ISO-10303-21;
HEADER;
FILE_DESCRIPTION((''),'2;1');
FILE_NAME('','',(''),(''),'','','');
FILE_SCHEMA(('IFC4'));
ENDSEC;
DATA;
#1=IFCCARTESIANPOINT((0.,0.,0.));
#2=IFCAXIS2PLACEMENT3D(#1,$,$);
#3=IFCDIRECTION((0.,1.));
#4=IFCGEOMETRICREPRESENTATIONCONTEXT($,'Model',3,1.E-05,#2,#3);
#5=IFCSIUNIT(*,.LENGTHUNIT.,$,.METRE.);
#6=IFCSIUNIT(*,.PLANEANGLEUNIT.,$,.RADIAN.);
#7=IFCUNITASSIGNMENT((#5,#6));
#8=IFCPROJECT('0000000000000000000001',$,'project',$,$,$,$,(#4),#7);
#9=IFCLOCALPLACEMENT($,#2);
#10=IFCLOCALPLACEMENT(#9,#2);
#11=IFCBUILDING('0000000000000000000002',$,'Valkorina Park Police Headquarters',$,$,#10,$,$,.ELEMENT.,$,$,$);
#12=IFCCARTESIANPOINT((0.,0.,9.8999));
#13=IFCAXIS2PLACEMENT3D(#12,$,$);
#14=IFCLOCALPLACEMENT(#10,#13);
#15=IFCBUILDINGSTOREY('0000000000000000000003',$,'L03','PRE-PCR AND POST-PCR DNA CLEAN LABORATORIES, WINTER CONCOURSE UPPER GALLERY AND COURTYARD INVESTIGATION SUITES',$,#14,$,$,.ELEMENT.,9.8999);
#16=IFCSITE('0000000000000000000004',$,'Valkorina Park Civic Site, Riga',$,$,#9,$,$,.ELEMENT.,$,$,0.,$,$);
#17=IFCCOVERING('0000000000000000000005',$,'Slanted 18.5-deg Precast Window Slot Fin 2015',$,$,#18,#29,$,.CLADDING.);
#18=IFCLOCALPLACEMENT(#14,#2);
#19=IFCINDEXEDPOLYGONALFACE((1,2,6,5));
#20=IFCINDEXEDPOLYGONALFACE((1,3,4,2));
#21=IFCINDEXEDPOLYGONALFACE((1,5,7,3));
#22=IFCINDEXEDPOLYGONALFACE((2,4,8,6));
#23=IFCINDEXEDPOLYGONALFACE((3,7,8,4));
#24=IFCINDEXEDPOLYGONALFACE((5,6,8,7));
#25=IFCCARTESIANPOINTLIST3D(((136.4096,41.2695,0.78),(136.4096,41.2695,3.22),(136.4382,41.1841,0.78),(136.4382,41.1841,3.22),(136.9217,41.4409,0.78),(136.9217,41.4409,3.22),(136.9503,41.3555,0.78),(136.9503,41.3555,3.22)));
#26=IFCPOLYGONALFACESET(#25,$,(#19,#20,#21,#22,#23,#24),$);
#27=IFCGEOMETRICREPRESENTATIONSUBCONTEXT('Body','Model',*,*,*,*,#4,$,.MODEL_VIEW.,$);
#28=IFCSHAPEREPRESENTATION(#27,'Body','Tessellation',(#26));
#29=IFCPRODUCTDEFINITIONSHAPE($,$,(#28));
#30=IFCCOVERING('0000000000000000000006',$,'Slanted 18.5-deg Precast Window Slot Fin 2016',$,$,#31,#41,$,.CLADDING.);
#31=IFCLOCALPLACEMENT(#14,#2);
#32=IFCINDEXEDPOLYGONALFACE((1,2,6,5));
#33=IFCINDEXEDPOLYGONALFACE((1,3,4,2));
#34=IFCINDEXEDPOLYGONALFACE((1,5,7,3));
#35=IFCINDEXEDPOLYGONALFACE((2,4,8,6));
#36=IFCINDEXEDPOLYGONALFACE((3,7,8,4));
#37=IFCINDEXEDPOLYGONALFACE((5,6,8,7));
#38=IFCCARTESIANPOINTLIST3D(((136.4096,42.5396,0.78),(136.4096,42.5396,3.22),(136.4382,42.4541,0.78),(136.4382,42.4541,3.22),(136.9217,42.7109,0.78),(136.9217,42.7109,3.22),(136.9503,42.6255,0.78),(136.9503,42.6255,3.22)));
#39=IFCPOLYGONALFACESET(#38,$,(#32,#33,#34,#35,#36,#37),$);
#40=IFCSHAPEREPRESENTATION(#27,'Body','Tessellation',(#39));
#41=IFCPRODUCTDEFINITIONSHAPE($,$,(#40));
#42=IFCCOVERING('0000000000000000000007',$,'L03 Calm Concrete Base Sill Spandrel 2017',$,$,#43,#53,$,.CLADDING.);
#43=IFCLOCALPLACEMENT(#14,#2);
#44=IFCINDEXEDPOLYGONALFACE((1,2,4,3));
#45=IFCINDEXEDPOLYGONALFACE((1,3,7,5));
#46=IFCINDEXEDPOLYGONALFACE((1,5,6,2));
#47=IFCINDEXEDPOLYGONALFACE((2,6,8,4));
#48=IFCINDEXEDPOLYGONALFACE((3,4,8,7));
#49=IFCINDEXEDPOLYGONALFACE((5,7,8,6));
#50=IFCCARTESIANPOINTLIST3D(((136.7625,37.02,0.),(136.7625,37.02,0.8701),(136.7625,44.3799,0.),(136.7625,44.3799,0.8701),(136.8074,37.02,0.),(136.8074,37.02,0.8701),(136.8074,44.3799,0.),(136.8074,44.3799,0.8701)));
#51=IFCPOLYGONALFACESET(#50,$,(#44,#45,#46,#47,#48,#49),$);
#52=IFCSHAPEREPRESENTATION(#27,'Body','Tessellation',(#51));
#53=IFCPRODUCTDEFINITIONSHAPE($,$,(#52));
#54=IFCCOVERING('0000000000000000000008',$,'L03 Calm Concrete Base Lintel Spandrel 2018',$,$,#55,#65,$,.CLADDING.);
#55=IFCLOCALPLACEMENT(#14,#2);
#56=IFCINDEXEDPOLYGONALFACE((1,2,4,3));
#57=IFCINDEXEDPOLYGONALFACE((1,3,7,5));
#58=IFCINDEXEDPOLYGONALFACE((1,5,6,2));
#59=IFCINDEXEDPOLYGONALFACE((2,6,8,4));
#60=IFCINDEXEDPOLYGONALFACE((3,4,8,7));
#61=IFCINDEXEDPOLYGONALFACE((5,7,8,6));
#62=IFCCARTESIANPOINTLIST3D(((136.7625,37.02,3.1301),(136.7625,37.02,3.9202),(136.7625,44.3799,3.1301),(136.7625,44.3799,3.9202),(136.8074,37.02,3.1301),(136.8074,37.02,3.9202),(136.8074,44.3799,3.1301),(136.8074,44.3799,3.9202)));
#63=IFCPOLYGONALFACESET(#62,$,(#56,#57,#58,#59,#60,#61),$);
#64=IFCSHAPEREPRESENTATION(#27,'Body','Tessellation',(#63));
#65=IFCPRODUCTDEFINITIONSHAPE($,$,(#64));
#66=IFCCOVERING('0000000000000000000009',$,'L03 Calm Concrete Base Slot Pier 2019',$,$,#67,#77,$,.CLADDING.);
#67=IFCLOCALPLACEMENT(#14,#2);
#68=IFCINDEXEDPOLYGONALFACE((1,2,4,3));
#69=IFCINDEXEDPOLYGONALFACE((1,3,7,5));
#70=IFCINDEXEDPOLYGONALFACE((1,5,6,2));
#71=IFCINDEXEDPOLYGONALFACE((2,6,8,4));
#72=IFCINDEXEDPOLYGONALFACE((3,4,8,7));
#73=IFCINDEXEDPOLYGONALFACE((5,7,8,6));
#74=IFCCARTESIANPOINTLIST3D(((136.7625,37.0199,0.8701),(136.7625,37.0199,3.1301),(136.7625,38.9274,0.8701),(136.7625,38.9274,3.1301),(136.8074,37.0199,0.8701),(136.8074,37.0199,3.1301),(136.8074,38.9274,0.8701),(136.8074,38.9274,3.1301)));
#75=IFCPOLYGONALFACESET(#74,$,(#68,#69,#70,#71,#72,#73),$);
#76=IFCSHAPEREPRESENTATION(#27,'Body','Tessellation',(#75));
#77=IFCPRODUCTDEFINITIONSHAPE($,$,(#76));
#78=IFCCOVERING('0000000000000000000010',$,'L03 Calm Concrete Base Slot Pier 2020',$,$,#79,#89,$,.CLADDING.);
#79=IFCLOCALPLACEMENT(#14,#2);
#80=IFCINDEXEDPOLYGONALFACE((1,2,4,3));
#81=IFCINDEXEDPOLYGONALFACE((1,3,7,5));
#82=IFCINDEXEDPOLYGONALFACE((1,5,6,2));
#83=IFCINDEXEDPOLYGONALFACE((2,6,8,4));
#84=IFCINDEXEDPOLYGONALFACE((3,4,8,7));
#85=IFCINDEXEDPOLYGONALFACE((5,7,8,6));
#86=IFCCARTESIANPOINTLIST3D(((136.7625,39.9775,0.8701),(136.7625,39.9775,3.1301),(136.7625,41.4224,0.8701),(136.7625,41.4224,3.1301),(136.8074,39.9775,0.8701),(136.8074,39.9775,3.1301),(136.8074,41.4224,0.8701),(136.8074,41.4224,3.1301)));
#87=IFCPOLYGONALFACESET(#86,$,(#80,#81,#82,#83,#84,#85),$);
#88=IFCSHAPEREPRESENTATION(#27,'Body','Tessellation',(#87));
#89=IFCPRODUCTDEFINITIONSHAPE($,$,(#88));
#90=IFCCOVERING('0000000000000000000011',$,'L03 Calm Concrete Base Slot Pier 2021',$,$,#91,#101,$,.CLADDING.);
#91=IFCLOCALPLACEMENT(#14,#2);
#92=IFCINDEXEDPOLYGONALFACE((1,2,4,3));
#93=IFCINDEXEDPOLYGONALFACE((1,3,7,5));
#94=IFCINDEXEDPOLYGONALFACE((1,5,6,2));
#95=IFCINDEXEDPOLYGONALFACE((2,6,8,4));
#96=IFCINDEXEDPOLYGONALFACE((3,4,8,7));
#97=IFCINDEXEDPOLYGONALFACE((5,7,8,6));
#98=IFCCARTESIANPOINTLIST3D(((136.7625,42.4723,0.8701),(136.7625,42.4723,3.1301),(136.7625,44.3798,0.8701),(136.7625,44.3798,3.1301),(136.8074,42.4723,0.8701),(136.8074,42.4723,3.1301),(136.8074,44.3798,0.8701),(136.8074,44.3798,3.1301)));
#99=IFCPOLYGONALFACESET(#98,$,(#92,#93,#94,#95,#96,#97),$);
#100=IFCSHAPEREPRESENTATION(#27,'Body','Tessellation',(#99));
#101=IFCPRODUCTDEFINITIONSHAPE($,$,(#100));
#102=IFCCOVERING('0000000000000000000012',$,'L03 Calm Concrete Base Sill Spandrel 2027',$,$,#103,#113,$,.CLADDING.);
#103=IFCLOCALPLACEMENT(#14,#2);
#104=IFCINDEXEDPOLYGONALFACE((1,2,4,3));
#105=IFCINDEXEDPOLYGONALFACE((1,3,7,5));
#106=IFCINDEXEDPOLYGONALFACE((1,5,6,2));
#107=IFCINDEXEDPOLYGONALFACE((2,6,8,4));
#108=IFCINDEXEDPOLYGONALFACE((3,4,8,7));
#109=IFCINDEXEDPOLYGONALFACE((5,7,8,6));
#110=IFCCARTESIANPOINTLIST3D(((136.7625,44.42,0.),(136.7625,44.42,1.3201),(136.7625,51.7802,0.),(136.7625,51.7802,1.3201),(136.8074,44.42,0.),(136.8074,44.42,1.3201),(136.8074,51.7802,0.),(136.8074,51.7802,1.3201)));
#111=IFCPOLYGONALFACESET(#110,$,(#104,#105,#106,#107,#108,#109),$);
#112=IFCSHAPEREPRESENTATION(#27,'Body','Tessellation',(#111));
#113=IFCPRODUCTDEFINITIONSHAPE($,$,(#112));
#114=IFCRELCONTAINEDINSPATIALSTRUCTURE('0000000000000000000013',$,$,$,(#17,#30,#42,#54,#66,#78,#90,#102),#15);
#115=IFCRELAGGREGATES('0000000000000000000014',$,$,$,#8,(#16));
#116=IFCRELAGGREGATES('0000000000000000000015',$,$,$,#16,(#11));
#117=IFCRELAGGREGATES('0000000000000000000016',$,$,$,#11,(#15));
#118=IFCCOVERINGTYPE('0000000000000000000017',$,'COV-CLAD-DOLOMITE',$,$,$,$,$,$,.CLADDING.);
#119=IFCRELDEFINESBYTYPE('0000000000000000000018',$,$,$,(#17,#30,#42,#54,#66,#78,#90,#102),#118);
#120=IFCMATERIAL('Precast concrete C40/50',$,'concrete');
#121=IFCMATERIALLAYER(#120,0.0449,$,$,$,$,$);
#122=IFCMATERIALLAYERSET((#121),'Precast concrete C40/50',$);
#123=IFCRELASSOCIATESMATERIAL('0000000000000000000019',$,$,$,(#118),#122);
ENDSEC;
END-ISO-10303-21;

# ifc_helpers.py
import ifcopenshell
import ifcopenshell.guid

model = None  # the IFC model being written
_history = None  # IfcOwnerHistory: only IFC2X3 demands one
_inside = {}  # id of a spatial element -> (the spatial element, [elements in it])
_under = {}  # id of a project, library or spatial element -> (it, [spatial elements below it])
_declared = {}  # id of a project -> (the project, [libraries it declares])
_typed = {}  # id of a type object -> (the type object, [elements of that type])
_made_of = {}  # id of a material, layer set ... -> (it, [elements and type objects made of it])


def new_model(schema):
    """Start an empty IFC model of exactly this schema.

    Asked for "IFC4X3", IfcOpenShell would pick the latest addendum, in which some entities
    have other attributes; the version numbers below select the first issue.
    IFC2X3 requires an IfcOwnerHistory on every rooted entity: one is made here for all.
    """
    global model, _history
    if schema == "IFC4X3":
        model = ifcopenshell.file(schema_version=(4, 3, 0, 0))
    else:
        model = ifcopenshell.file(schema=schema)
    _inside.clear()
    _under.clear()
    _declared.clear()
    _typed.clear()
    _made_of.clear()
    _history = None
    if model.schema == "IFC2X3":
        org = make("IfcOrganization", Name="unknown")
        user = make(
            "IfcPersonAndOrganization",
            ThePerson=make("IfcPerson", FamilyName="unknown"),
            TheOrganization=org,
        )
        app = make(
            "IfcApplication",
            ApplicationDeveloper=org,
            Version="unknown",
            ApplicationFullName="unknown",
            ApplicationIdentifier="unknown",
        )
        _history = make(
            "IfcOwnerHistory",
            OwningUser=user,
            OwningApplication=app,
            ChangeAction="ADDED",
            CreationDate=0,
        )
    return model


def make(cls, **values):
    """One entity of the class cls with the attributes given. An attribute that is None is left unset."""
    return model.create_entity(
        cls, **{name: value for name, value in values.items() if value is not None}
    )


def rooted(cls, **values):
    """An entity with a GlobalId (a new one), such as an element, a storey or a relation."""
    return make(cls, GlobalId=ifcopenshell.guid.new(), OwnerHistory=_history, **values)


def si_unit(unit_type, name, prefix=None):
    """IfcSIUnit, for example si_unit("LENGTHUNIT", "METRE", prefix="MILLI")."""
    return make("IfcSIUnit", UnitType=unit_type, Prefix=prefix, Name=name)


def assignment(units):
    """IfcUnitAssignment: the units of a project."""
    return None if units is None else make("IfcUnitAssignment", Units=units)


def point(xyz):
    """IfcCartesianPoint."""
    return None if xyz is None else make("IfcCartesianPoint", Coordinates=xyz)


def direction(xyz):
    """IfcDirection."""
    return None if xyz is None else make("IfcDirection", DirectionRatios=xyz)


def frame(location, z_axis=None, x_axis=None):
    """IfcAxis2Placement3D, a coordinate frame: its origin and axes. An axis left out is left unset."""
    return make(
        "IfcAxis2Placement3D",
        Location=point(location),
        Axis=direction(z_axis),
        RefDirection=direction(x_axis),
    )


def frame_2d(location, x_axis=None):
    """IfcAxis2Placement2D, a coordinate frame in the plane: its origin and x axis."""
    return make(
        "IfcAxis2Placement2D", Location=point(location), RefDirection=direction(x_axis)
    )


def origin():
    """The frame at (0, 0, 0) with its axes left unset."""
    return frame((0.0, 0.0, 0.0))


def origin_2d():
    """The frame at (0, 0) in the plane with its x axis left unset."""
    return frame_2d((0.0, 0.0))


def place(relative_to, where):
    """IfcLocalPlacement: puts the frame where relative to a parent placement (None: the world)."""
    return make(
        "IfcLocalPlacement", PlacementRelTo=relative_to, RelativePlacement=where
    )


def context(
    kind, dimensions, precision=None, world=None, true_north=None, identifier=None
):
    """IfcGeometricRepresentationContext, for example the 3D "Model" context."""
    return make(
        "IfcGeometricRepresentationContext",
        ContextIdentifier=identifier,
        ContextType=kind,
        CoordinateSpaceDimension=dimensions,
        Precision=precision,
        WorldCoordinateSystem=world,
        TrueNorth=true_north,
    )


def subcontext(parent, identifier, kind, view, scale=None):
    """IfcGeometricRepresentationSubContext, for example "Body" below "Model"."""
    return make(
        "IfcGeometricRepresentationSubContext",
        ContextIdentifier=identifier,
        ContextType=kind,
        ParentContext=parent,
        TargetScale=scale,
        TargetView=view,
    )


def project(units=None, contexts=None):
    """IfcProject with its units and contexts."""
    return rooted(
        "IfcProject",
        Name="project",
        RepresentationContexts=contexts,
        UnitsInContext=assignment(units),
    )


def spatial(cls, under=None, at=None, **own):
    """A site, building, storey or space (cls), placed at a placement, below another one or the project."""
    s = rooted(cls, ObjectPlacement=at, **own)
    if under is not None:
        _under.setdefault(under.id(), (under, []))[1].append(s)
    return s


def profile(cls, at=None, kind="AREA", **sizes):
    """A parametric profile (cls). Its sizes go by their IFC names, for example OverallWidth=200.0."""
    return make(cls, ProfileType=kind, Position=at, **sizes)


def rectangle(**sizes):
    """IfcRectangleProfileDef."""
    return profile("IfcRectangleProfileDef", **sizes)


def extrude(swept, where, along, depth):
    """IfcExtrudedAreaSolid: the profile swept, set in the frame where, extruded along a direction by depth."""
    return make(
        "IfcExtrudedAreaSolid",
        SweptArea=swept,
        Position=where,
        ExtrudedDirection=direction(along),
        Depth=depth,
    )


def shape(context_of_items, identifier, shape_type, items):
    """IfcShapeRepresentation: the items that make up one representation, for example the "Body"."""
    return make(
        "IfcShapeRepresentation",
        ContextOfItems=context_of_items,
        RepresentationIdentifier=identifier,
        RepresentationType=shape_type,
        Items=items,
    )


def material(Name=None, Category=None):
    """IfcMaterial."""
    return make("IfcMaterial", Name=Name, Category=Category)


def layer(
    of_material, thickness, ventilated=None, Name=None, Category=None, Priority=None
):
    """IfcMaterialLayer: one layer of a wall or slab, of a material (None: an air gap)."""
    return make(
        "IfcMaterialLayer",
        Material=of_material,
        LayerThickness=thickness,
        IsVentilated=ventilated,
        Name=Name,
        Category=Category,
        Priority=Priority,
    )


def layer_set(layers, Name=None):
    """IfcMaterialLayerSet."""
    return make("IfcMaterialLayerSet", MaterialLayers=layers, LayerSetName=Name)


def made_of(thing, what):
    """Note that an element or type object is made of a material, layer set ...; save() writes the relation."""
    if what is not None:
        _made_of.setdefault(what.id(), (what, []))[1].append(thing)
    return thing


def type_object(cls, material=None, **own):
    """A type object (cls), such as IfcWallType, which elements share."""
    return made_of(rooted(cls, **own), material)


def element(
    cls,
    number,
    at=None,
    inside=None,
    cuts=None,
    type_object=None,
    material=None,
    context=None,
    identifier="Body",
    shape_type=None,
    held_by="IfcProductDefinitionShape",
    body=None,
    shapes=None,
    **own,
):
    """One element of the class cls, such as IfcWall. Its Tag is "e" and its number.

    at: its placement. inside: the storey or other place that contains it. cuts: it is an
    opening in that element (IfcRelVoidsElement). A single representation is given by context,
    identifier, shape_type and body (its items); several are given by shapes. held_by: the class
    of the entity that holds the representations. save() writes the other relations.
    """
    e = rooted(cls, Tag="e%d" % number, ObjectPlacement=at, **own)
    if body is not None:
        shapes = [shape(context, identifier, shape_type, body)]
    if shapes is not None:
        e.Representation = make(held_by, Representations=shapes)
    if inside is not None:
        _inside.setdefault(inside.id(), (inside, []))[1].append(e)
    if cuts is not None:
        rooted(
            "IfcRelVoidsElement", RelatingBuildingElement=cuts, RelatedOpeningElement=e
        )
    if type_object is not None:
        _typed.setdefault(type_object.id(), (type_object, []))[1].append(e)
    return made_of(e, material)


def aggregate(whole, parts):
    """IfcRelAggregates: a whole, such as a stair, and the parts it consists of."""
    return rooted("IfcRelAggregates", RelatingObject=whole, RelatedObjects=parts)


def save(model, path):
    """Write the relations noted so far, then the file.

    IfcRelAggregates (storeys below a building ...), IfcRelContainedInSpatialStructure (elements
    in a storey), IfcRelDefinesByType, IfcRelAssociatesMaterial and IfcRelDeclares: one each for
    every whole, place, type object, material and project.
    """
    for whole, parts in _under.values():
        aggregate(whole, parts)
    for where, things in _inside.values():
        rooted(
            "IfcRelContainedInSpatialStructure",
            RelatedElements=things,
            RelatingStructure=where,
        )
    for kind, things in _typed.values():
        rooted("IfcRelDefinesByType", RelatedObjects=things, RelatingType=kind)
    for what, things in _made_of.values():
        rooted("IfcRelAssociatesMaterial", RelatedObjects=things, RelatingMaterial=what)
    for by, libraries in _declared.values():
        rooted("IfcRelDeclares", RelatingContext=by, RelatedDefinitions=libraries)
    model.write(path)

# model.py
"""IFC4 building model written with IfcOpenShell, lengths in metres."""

from ifc_helpers import new_model, si_unit, direction, frame, frame_2d, origin, origin_2d, place, context, subcontext, project, spatial, rectangle, extrude, material, layer, layer_set, type_object, element, save


model = new_model("IFC4")

# Units and contexts
model_context = context("Model", 3, precision=1e-05, world=origin(), true_north=direction((0.0, 1.0)))
body_context = subcontext(model_context, "Body", "Model", "MODEL_VIEW")
ifc_project = project(units=[si_unit("LENGTHUNIT", "METRE"), si_unit("PLANEANGLEUNIT", "RADIAN")], contexts=[model_context])

# Site, building, storey
site_placement = place(None, origin())
site = spatial("IfcSite", under=ifc_project, at=site_placement, Name="Valkorina Park Civic Site, Riga", CompositionType="ELEMENT", RefElevation=0.0)
building_placement = place(site_placement, origin())
building = spatial("IfcBuilding", under=site, at=building_placement, Name="Valkorina Park Police Headquarters", CompositionType="ELEMENT")
storey_placement = place(building_placement, frame((0.0, 0.0, 9.8999)))
storey = spatial("IfcBuildingStorey", under=building, at=storey_placement, Name="L03", Description="PRE-PCR AND POST-PCR DNA CLEAN LABORATORIES, WINTER CONCOURSE UPPER GALLERY AND COURTYARD INVESTIGATION SUITES", CompositionType="ELEMENT", Elevation=9.8999)

# Shared definitions
ifc_material_1 = material(Name="Precast concrete C40/50", Category="concrete")

# Coverings
ifc_layer_1 = layer(ifc_material_1, 0.0449)
ifc_layer_set_1 = layer_set([ifc_layer_1], Name="Precast concrete C40/50")
covering_type = type_object("IfcCoveringType", Name="COV-CLAD-DOLOMITE", PredefinedType="CLADDING", material=ifc_layer_set_1)
for number, where, z_axis, x_axis, name in (
    (1, (136.6799, 41.3125, 0.78), (0.0, 0.0, 1.0), (-0.948324, -0.317305, 0.0), "Slanted 18.5-deg Precast Window Slot Fin 2015"),
    (2, (136.6799, 42.5825, 0.78), (0.0, 0.0, 1.0), (-0.948324, -0.317305, 0.0), "Slanted 18.5-deg Precast Window Slot Fin 2016"),
):
    element("IfcCovering", number, at=place(storey_placement, frame(where, z_axis=z_axis, x_axis=x_axis)), inside=storey, type_object=covering_type, Name=name, PredefinedType="CLADDING", context=body_context, shape_type="SweptSolid", body=[
        extrude(rectangle(XDim=0.54, YDim=0.0901, at=origin_2d()), origin(), (0.0, 0.0, 1.0), 2.4399),
    ])
covering_1_placement = place(storey_placement, frame((136.7849, 37.02, 0.0), z_axis=(0.0, 0.0, 1.0), x_axis=(0.0, 1.0, 0.0)))
element("IfcCovering", 3, at=covering_1_placement, inside=storey, type_object=covering_type, Name="L03 Calm Concrete Base Sill Spandrel 2017", PredefinedType="CLADDING", context=body_context, shape_type="SweptSolid", body=[
    extrude(rectangle(XDim=7.3599, YDim=0.0449, at=frame_2d((3.6799, 0.0))), origin(), (0.0, 0.0, 1.0), 0.8701),
])
covering_2_placement = place(storey_placement, frame((136.7849, 37.02, 3.1301), z_axis=(0.0, 0.0, 1.0), x_axis=(0.0, 1.0, 0.0)))
element("IfcCovering", 4, at=covering_2_placement, inside=storey, type_object=covering_type, Name="L03 Calm Concrete Base Lintel Spandrel 2018", PredefinedType="CLADDING", context=body_context, shape_type="SweptSolid", body=[
    extrude(rectangle(XDim=7.3599, YDim=0.0449, at=frame_2d((3.6799, 0.0))), origin(), (0.0, 0.0, 1.0), 0.79),
])
covering_3_placement = place(storey_placement, frame((136.7849, 37.02, 0.8701), z_axis=(0.0, 0.0, 1.0), x_axis=(0.0, 1.0, 0.0)))
element("IfcCovering", 5, at=covering_3_placement, inside=storey, type_object=covering_type, Name="L03 Calm Concrete Base Slot Pier 2019", PredefinedType="CLADDING", context=body_context, shape_type="SweptSolid", body=[
    extrude(rectangle(XDim=1.9075, YDim=0.0449, at=frame_2d((0.9536, 0.0))), origin(), (0.0, 0.0, 1.0), 2.26),
])
covering_4_placement = place(storey_placement, frame((136.7849, 39.9775, 0.8701), z_axis=(0.0, 0.0, 1.0), x_axis=(0.0, 1.0, 0.0)))
element("IfcCovering", 6, at=covering_4_placement, inside=storey, type_object=covering_type, Name="L03 Calm Concrete Base Slot Pier 2020", PredefinedType="CLADDING", context=body_context, shape_type="SweptSolid", body=[
    extrude(rectangle(XDim=1.4448, YDim=0.0449, at=frame_2d((0.7224, 0.0))), origin(), (0.0, 0.0, 1.0), 2.26),
])
covering_5_placement = place(storey_placement, frame((136.7849, 42.4724, 0.8701), z_axis=(0.0, 0.0, 1.0), x_axis=(0.0, 1.0, 0.0)))
element("IfcCovering", 7, at=covering_5_placement, inside=storey, type_object=covering_type, Name="L03 Calm Concrete Base Slot Pier 2021", PredefinedType="CLADDING", context=body_context, shape_type="SweptSolid", body=[
    extrude(rectangle(XDim=1.9075, YDim=0.0449, at=frame_2d((0.9536, 0.0))), origin(), (0.0, 0.0, 1.0), 2.26),
])
covering_6_placement = place(storey_placement, frame((136.7849, 44.4199, 0.0), z_axis=(0.0, 0.0, 1.0), x_axis=(0.0, 1.0, 0.0)))
element("IfcCovering", 8, at=covering_6_placement, inside=storey, type_object=covering_type, Name="L03 Calm Concrete Base Sill Spandrel 2027", PredefinedType="CLADDING", context=body_context, shape_type="SweptSolid", body=[
    extrude(rectangle(XDim=7.3601, YDim=0.0449, at=frame_2d((3.6802, 0.0))), origin(), (0.0, 0.0, 1.0), 1.3201),
])

save(model, "model.ifc")
